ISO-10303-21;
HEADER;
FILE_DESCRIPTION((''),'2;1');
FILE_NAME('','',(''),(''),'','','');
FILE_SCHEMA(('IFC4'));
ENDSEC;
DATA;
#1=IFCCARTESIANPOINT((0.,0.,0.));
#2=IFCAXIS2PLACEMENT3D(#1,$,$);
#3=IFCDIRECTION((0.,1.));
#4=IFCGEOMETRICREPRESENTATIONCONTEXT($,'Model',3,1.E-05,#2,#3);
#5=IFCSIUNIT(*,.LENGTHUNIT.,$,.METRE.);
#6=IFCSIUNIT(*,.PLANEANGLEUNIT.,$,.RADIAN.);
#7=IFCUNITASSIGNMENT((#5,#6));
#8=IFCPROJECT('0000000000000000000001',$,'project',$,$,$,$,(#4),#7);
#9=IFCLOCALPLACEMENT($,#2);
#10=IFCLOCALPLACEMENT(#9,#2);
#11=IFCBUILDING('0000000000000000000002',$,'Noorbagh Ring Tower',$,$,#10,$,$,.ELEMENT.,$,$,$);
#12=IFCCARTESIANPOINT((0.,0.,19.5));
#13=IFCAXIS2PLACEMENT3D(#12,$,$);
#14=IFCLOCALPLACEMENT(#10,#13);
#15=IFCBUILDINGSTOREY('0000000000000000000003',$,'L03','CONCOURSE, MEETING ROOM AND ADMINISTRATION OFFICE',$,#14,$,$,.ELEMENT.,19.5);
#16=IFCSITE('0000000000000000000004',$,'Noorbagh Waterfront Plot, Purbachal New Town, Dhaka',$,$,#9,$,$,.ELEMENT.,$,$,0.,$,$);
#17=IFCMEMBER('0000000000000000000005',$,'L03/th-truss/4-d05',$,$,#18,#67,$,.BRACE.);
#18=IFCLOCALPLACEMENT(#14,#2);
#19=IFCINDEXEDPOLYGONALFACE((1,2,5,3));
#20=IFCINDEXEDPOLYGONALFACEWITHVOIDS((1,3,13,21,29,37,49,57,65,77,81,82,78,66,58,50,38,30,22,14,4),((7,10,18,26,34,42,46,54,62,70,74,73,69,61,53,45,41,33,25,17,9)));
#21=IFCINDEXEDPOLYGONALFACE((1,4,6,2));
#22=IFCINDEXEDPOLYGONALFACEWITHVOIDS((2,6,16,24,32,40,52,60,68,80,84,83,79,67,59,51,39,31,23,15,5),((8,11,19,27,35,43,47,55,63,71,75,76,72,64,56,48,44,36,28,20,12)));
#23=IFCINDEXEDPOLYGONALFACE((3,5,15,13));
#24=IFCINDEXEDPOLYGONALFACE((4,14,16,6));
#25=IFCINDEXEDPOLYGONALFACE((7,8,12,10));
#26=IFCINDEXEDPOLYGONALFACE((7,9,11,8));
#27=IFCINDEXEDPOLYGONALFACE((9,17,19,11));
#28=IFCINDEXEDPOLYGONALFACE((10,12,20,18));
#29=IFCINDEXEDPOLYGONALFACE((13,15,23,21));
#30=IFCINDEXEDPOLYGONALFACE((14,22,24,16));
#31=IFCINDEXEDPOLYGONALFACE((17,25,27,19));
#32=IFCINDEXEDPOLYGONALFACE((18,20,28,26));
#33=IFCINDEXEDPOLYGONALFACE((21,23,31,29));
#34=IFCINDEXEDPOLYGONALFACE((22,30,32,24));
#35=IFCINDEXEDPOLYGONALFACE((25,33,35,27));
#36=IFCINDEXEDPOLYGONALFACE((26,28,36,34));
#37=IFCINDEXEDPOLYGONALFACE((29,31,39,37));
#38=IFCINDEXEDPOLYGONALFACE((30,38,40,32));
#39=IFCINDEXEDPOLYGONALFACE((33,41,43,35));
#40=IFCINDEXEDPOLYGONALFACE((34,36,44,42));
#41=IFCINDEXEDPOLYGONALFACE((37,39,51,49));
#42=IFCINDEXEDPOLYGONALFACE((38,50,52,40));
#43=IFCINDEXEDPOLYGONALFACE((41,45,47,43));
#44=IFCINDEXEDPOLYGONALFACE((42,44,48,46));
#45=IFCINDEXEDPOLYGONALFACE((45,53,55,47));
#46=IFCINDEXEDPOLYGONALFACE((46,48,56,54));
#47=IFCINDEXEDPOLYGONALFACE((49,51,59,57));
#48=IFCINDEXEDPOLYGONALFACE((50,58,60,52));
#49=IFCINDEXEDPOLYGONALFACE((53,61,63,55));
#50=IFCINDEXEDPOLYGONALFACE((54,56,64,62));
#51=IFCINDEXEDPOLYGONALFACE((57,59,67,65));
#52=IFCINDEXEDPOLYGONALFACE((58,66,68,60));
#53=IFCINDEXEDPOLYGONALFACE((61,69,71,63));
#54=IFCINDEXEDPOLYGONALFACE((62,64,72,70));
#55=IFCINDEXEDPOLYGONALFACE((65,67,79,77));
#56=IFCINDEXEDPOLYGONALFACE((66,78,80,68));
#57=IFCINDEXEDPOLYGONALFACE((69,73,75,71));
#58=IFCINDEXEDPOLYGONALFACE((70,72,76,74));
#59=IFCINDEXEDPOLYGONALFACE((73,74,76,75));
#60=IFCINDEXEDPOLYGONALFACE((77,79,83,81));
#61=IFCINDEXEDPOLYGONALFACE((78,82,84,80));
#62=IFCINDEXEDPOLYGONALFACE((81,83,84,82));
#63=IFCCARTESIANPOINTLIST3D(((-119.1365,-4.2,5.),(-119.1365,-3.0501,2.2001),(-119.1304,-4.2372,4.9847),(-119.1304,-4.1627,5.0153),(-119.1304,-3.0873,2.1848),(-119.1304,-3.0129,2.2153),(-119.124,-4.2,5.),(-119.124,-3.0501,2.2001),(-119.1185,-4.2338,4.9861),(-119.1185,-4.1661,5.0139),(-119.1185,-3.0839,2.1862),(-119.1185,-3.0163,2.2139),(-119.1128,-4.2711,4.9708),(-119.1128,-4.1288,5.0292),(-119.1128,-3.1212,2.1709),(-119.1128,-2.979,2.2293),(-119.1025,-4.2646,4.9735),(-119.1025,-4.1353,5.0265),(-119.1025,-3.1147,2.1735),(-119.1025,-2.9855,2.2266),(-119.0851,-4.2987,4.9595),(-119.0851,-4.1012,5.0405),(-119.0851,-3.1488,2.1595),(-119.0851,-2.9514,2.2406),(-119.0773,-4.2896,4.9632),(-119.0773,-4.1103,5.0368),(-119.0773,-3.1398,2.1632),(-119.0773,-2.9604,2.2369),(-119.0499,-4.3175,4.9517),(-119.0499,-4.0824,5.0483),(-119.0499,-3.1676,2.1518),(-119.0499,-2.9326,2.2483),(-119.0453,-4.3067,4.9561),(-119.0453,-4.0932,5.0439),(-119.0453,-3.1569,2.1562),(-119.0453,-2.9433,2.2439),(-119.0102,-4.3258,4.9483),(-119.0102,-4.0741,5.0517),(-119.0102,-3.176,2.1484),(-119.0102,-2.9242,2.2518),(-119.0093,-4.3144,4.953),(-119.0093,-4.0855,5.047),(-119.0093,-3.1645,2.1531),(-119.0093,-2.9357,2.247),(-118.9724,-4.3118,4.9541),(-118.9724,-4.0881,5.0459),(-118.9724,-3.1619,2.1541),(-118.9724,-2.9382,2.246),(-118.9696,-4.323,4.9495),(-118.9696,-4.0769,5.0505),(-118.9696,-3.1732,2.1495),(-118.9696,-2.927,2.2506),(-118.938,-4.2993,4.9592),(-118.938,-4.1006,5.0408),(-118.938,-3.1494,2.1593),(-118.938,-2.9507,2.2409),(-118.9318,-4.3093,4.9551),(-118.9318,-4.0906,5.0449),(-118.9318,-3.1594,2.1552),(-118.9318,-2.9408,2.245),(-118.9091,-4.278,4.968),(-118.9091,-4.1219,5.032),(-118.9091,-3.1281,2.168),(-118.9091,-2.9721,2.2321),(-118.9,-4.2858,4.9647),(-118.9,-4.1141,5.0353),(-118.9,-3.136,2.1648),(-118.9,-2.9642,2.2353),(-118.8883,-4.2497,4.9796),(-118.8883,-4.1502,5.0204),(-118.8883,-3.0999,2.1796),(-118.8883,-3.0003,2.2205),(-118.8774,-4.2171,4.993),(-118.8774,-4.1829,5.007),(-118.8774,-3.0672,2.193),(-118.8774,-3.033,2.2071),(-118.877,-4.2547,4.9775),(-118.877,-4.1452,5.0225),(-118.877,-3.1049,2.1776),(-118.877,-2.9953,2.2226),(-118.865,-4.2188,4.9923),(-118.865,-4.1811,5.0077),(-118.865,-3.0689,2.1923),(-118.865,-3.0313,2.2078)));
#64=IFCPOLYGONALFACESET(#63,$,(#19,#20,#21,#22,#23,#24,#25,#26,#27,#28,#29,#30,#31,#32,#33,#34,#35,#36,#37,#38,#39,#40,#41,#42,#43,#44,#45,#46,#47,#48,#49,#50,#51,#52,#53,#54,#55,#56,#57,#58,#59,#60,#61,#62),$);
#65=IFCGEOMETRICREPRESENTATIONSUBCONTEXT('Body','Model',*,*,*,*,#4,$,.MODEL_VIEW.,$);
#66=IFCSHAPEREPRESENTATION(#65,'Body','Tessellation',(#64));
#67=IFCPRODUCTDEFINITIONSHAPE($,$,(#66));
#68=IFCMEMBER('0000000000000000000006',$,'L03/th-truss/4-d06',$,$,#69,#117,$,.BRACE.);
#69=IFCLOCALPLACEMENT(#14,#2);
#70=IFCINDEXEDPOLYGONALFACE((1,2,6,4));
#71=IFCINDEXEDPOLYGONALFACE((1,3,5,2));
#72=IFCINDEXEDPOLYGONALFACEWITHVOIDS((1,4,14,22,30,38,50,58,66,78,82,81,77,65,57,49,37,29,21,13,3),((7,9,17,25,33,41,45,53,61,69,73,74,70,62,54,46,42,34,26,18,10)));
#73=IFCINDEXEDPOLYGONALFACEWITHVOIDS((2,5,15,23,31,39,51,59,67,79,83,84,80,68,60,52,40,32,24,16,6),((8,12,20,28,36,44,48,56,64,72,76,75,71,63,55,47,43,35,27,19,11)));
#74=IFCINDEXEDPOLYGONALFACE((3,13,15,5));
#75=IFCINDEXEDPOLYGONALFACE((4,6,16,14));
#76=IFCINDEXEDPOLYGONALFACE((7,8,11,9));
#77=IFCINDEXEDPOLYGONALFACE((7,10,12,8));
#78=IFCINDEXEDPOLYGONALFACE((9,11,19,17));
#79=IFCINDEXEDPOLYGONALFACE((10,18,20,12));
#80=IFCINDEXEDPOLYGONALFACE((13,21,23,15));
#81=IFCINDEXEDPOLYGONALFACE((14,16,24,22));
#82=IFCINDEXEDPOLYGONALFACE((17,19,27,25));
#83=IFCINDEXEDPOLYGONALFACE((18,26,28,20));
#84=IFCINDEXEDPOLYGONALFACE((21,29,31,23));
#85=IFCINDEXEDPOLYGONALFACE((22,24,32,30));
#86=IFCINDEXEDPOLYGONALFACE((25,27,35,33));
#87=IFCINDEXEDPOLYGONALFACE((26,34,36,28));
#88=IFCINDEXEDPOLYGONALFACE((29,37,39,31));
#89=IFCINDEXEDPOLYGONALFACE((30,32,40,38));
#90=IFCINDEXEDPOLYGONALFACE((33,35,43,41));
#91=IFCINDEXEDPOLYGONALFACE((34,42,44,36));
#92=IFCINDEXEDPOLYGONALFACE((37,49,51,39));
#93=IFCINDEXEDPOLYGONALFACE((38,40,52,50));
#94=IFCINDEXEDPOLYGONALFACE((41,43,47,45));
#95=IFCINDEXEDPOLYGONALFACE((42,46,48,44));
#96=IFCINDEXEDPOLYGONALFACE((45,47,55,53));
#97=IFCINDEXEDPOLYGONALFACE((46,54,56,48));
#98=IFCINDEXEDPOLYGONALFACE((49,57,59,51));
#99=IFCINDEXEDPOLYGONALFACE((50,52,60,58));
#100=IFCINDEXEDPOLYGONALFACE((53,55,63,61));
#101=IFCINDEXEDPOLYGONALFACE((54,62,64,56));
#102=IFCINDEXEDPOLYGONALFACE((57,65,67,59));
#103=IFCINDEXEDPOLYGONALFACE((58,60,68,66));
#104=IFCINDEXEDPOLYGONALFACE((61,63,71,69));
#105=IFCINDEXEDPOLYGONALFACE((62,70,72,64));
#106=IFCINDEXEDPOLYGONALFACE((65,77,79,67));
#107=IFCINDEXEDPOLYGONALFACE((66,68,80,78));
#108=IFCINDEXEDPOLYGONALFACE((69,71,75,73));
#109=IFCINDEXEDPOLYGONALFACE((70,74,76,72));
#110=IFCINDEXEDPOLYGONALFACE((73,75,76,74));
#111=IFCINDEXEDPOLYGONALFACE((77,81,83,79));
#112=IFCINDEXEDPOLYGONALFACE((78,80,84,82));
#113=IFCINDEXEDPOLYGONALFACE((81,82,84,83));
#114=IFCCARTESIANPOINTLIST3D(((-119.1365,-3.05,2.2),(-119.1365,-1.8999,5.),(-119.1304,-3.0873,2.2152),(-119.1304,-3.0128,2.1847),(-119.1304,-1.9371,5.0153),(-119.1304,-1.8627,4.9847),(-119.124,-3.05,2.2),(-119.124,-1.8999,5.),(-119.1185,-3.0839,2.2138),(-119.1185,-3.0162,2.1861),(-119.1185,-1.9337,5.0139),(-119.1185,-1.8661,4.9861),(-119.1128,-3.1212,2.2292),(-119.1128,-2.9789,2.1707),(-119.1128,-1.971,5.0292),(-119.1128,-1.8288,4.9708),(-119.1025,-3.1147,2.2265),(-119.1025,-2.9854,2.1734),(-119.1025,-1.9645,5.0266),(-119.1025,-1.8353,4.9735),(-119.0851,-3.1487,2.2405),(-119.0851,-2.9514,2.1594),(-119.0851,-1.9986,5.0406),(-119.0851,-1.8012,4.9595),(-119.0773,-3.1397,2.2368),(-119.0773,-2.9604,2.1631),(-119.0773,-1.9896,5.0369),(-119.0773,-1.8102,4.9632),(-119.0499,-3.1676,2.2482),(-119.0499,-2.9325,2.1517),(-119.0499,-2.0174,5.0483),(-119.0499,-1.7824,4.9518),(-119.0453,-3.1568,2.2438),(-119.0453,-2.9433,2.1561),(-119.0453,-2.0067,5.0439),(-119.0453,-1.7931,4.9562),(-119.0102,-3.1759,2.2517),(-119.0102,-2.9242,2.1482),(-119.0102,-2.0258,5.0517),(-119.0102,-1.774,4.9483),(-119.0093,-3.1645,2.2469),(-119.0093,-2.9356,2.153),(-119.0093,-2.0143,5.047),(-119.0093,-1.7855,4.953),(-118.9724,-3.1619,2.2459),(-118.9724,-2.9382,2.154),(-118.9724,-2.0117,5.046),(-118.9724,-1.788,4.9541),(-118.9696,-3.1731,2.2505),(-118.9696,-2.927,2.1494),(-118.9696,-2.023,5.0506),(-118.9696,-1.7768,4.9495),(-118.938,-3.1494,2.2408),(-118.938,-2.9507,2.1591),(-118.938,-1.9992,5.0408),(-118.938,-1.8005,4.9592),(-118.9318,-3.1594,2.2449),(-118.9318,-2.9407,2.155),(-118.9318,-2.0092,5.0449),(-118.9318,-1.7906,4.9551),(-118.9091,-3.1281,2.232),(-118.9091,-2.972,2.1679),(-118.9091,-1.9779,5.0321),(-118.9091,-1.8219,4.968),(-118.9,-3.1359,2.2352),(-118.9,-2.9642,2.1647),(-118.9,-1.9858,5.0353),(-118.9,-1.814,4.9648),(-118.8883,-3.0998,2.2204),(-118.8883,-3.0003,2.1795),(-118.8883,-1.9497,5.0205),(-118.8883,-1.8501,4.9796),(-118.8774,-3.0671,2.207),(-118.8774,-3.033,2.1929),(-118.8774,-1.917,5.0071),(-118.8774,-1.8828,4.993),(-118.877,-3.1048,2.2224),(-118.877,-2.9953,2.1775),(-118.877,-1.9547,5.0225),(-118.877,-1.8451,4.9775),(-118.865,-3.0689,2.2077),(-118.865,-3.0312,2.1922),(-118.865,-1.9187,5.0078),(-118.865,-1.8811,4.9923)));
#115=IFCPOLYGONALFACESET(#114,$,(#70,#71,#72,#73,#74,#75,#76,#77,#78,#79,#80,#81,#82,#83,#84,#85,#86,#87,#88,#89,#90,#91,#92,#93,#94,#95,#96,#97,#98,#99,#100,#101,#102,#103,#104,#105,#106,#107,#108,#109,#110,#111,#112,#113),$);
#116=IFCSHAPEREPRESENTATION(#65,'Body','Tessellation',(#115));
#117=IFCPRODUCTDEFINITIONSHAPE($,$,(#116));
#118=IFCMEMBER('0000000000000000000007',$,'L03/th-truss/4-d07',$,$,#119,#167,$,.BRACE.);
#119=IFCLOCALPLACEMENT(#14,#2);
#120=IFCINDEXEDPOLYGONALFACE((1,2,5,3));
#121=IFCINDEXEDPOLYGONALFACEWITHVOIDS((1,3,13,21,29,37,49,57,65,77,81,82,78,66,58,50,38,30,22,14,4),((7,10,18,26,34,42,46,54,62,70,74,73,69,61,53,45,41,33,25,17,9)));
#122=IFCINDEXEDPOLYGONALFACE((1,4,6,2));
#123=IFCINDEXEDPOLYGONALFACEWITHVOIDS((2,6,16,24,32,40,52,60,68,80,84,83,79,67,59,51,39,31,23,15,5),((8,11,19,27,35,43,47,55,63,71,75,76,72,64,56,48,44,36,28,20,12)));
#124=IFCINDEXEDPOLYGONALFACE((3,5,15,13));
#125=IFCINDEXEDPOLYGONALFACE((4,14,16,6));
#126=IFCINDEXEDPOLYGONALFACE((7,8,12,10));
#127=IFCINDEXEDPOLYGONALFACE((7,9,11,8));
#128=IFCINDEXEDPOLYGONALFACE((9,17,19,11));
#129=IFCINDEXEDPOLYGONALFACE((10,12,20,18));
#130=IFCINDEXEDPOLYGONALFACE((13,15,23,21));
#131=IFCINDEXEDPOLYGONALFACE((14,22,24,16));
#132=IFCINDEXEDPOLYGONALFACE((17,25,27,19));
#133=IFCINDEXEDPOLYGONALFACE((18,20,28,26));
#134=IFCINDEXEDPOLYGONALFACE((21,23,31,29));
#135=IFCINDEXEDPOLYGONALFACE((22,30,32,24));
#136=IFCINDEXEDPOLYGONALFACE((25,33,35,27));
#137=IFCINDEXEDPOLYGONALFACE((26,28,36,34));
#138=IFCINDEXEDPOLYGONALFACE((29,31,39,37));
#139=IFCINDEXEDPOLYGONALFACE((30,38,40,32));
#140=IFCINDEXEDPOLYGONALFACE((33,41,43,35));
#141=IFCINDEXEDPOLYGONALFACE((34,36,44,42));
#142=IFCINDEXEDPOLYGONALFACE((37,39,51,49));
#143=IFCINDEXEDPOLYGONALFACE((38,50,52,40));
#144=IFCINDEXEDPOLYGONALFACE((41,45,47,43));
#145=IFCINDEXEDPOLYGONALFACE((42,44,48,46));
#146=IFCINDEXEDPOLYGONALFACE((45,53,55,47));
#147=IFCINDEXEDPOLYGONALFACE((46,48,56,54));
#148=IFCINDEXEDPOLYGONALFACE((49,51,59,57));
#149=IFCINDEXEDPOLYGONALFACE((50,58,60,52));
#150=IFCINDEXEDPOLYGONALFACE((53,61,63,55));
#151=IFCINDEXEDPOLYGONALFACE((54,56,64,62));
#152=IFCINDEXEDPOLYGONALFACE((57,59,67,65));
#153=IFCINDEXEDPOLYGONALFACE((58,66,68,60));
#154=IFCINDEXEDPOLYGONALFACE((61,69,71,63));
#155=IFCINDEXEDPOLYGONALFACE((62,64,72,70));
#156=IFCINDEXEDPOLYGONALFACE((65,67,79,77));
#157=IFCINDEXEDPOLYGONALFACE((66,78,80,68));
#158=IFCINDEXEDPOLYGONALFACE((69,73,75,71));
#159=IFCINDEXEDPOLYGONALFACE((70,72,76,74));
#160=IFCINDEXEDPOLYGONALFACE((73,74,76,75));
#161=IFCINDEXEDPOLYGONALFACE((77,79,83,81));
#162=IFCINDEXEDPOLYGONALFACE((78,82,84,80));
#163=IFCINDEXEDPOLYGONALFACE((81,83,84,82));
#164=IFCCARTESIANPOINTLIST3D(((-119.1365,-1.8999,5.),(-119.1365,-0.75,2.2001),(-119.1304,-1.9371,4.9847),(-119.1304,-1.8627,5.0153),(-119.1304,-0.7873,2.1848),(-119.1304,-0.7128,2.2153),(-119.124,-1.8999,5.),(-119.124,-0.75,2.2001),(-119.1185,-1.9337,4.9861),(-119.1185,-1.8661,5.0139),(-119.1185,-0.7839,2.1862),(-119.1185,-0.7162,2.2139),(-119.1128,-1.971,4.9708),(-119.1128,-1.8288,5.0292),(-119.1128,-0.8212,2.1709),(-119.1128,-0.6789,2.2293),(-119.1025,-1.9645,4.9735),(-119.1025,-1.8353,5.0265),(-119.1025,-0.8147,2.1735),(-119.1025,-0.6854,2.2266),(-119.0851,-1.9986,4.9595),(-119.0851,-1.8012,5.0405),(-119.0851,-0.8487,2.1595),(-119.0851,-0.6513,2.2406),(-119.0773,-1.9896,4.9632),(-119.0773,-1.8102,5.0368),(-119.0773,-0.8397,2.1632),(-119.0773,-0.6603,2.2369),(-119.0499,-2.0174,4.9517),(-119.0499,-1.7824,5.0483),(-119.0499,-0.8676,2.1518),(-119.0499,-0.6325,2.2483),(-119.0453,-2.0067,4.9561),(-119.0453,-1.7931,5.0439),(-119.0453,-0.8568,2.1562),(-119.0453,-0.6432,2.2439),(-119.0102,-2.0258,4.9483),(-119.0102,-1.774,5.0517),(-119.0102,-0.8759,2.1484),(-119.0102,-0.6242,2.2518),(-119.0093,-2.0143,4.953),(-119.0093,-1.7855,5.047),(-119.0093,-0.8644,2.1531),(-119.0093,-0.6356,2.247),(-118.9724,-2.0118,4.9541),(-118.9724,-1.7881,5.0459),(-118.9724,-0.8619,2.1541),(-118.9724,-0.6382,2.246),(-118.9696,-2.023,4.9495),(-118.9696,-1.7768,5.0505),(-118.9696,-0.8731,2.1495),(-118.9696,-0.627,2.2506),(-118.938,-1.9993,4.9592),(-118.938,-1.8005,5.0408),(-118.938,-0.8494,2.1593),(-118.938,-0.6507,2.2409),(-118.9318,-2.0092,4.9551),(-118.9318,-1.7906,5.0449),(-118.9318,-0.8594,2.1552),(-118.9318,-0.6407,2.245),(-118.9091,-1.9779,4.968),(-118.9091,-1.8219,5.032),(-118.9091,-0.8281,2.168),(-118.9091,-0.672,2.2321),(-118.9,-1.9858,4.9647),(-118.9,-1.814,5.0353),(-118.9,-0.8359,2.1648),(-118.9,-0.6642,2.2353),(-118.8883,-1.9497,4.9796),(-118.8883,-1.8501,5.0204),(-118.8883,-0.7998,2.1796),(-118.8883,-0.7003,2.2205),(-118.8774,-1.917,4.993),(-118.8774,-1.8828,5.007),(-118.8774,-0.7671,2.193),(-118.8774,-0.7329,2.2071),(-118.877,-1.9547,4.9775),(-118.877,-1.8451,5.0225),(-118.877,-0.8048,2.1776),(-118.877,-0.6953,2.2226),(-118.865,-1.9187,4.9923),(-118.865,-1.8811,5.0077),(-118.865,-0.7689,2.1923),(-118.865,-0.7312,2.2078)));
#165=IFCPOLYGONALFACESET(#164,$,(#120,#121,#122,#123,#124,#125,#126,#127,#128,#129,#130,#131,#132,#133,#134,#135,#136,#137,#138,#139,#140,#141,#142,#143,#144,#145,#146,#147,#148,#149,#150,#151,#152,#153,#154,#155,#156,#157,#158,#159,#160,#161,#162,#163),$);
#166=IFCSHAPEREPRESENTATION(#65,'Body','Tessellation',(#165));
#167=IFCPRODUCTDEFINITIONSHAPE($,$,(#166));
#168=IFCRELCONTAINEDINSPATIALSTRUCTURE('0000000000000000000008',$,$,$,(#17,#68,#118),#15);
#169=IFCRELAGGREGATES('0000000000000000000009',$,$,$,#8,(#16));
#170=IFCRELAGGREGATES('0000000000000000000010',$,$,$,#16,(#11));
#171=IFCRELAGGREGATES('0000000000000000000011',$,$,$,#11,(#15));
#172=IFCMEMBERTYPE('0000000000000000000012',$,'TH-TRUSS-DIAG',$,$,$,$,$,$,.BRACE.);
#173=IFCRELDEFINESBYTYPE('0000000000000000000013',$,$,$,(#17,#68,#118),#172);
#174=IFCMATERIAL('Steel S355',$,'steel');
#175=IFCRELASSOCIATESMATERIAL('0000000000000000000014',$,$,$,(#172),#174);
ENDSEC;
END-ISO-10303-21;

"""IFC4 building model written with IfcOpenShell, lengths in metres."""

from ifc_helpers import new_model, si_unit, direction, frame, origin, origin_2d, place, context, subcontext, project, spatial, hollow_circle, extrude, material, material_profile, profile_set, type_object, element, save


model = new_model("IFC4")

# Units and contexts
model_context = context("Model", 3, precision=1e-05, world=origin(), true_north=direction((0.0, 1.0)))
body_context = subcontext(model_context, "Body", "Model", "MODEL_VIEW")
ifc_project = project(units=[si_unit("LENGTHUNIT", "METRE"), si_unit("PLANEANGLEUNIT", "RADIAN")], contexts=[model_context])

# Site, building, storey
site_placement = place(None, origin())
site = spatial("IfcSite", under=ifc_project, at=site_placement, Name="Noorbagh Waterfront Plot, Purbachal New Town, Dhaka", CompositionType="ELEMENT", RefElevation=0.0)
building_placement = place(site_placement, origin())
building = spatial("IfcBuilding", under=site, at=building_placement, Name="Noorbagh Ring Tower", CompositionType="ELEMENT")
storey_placement = place(building_placement, frame((0.0, 0.0, 19.5)))
storey = spatial("IfcBuildingStorey", under=building, at=storey_placement, Name="L03", Description="CONCOURSE, MEETING ROOM AND ADMINISTRATION OFFICE", CompositionType="ELEMENT", Elevation=19.5)

# Members
ifc_material_1 = material(Name="Steel S355", Category="steel")
ifc_material_profile_1 = material_profile(ifc_material_1, hollow_circle(Radius=0.1365, WallThickness=0.0125, at=origin_2d()), Name="CHS273x12.5")
ifc_profile_set_1 = profile_set([ifc_material_profile_1], Name="Steel S355")
member_type = type_object("IfcMemberType", Name="TH-TRUSS-DIAG", PredefinedType="BRACE", material=ifc_profile_set_1)
member_1_placement = place(storey_placement, frame((-119.0, -4.2, 5.0), z_axis=(0.0, 0.379886, -0.925033), x_axis=(-1.0, 0.0, 0.0)))
element("IfcMember", 1, at=member_1_placement, inside=storey, type_object=member_type, Name="L03/th-truss/4-d05", PredefinedType="BRACE", context=body_context, shape_type="SweptSolid", body=[
    extrude(hollow_circle(Radius=0.1365, WallThickness=0.0125, at=origin_2d()), origin(), (0.0, 0.0, 1.0), 3.0269),
])
member_2_placement = place(storey_placement, frame((-119.0, -3.05, 2.2), z_axis=(0.0, 0.379955, 0.925005), x_axis=(-1.0, 0.0, 0.0)))
element("IfcMember", 2, at=member_2_placement, inside=storey, type_object=member_type, Name="L03/th-truss/4-d06", PredefinedType="BRACE", context=body_context, shape_type="SweptSolid", body=[
    extrude(hollow_circle(Radius=0.1365, WallThickness=0.0125, at=origin_2d()), origin(), (0.0, 0.0, 1.0), 3.0271),
])
for number, where, z_axis, x_axis, name in (
    (3, (-119.0, -1.8999, 5.0), (0.0, 0.379886, -0.925033), (-1.0, 0.0, 0.0), "L03/th-truss/4-d07"),
):
    element("IfcMember", number, at=place(storey_placement, frame(where, z_axis=z_axis, x_axis=x_axis)), inside=storey, type_object=member_type, Name=name, PredefinedType="BRACE", context=body_context, shape_type="SweptSolid", body=[
        extrude(hollow_circle(Radius=0.1365, WallThickness=0.0125, at=origin_2d()), origin(), (0.0, 0.0, 1.0), 3.0269),
    ])

save(model, "model.ifc")
